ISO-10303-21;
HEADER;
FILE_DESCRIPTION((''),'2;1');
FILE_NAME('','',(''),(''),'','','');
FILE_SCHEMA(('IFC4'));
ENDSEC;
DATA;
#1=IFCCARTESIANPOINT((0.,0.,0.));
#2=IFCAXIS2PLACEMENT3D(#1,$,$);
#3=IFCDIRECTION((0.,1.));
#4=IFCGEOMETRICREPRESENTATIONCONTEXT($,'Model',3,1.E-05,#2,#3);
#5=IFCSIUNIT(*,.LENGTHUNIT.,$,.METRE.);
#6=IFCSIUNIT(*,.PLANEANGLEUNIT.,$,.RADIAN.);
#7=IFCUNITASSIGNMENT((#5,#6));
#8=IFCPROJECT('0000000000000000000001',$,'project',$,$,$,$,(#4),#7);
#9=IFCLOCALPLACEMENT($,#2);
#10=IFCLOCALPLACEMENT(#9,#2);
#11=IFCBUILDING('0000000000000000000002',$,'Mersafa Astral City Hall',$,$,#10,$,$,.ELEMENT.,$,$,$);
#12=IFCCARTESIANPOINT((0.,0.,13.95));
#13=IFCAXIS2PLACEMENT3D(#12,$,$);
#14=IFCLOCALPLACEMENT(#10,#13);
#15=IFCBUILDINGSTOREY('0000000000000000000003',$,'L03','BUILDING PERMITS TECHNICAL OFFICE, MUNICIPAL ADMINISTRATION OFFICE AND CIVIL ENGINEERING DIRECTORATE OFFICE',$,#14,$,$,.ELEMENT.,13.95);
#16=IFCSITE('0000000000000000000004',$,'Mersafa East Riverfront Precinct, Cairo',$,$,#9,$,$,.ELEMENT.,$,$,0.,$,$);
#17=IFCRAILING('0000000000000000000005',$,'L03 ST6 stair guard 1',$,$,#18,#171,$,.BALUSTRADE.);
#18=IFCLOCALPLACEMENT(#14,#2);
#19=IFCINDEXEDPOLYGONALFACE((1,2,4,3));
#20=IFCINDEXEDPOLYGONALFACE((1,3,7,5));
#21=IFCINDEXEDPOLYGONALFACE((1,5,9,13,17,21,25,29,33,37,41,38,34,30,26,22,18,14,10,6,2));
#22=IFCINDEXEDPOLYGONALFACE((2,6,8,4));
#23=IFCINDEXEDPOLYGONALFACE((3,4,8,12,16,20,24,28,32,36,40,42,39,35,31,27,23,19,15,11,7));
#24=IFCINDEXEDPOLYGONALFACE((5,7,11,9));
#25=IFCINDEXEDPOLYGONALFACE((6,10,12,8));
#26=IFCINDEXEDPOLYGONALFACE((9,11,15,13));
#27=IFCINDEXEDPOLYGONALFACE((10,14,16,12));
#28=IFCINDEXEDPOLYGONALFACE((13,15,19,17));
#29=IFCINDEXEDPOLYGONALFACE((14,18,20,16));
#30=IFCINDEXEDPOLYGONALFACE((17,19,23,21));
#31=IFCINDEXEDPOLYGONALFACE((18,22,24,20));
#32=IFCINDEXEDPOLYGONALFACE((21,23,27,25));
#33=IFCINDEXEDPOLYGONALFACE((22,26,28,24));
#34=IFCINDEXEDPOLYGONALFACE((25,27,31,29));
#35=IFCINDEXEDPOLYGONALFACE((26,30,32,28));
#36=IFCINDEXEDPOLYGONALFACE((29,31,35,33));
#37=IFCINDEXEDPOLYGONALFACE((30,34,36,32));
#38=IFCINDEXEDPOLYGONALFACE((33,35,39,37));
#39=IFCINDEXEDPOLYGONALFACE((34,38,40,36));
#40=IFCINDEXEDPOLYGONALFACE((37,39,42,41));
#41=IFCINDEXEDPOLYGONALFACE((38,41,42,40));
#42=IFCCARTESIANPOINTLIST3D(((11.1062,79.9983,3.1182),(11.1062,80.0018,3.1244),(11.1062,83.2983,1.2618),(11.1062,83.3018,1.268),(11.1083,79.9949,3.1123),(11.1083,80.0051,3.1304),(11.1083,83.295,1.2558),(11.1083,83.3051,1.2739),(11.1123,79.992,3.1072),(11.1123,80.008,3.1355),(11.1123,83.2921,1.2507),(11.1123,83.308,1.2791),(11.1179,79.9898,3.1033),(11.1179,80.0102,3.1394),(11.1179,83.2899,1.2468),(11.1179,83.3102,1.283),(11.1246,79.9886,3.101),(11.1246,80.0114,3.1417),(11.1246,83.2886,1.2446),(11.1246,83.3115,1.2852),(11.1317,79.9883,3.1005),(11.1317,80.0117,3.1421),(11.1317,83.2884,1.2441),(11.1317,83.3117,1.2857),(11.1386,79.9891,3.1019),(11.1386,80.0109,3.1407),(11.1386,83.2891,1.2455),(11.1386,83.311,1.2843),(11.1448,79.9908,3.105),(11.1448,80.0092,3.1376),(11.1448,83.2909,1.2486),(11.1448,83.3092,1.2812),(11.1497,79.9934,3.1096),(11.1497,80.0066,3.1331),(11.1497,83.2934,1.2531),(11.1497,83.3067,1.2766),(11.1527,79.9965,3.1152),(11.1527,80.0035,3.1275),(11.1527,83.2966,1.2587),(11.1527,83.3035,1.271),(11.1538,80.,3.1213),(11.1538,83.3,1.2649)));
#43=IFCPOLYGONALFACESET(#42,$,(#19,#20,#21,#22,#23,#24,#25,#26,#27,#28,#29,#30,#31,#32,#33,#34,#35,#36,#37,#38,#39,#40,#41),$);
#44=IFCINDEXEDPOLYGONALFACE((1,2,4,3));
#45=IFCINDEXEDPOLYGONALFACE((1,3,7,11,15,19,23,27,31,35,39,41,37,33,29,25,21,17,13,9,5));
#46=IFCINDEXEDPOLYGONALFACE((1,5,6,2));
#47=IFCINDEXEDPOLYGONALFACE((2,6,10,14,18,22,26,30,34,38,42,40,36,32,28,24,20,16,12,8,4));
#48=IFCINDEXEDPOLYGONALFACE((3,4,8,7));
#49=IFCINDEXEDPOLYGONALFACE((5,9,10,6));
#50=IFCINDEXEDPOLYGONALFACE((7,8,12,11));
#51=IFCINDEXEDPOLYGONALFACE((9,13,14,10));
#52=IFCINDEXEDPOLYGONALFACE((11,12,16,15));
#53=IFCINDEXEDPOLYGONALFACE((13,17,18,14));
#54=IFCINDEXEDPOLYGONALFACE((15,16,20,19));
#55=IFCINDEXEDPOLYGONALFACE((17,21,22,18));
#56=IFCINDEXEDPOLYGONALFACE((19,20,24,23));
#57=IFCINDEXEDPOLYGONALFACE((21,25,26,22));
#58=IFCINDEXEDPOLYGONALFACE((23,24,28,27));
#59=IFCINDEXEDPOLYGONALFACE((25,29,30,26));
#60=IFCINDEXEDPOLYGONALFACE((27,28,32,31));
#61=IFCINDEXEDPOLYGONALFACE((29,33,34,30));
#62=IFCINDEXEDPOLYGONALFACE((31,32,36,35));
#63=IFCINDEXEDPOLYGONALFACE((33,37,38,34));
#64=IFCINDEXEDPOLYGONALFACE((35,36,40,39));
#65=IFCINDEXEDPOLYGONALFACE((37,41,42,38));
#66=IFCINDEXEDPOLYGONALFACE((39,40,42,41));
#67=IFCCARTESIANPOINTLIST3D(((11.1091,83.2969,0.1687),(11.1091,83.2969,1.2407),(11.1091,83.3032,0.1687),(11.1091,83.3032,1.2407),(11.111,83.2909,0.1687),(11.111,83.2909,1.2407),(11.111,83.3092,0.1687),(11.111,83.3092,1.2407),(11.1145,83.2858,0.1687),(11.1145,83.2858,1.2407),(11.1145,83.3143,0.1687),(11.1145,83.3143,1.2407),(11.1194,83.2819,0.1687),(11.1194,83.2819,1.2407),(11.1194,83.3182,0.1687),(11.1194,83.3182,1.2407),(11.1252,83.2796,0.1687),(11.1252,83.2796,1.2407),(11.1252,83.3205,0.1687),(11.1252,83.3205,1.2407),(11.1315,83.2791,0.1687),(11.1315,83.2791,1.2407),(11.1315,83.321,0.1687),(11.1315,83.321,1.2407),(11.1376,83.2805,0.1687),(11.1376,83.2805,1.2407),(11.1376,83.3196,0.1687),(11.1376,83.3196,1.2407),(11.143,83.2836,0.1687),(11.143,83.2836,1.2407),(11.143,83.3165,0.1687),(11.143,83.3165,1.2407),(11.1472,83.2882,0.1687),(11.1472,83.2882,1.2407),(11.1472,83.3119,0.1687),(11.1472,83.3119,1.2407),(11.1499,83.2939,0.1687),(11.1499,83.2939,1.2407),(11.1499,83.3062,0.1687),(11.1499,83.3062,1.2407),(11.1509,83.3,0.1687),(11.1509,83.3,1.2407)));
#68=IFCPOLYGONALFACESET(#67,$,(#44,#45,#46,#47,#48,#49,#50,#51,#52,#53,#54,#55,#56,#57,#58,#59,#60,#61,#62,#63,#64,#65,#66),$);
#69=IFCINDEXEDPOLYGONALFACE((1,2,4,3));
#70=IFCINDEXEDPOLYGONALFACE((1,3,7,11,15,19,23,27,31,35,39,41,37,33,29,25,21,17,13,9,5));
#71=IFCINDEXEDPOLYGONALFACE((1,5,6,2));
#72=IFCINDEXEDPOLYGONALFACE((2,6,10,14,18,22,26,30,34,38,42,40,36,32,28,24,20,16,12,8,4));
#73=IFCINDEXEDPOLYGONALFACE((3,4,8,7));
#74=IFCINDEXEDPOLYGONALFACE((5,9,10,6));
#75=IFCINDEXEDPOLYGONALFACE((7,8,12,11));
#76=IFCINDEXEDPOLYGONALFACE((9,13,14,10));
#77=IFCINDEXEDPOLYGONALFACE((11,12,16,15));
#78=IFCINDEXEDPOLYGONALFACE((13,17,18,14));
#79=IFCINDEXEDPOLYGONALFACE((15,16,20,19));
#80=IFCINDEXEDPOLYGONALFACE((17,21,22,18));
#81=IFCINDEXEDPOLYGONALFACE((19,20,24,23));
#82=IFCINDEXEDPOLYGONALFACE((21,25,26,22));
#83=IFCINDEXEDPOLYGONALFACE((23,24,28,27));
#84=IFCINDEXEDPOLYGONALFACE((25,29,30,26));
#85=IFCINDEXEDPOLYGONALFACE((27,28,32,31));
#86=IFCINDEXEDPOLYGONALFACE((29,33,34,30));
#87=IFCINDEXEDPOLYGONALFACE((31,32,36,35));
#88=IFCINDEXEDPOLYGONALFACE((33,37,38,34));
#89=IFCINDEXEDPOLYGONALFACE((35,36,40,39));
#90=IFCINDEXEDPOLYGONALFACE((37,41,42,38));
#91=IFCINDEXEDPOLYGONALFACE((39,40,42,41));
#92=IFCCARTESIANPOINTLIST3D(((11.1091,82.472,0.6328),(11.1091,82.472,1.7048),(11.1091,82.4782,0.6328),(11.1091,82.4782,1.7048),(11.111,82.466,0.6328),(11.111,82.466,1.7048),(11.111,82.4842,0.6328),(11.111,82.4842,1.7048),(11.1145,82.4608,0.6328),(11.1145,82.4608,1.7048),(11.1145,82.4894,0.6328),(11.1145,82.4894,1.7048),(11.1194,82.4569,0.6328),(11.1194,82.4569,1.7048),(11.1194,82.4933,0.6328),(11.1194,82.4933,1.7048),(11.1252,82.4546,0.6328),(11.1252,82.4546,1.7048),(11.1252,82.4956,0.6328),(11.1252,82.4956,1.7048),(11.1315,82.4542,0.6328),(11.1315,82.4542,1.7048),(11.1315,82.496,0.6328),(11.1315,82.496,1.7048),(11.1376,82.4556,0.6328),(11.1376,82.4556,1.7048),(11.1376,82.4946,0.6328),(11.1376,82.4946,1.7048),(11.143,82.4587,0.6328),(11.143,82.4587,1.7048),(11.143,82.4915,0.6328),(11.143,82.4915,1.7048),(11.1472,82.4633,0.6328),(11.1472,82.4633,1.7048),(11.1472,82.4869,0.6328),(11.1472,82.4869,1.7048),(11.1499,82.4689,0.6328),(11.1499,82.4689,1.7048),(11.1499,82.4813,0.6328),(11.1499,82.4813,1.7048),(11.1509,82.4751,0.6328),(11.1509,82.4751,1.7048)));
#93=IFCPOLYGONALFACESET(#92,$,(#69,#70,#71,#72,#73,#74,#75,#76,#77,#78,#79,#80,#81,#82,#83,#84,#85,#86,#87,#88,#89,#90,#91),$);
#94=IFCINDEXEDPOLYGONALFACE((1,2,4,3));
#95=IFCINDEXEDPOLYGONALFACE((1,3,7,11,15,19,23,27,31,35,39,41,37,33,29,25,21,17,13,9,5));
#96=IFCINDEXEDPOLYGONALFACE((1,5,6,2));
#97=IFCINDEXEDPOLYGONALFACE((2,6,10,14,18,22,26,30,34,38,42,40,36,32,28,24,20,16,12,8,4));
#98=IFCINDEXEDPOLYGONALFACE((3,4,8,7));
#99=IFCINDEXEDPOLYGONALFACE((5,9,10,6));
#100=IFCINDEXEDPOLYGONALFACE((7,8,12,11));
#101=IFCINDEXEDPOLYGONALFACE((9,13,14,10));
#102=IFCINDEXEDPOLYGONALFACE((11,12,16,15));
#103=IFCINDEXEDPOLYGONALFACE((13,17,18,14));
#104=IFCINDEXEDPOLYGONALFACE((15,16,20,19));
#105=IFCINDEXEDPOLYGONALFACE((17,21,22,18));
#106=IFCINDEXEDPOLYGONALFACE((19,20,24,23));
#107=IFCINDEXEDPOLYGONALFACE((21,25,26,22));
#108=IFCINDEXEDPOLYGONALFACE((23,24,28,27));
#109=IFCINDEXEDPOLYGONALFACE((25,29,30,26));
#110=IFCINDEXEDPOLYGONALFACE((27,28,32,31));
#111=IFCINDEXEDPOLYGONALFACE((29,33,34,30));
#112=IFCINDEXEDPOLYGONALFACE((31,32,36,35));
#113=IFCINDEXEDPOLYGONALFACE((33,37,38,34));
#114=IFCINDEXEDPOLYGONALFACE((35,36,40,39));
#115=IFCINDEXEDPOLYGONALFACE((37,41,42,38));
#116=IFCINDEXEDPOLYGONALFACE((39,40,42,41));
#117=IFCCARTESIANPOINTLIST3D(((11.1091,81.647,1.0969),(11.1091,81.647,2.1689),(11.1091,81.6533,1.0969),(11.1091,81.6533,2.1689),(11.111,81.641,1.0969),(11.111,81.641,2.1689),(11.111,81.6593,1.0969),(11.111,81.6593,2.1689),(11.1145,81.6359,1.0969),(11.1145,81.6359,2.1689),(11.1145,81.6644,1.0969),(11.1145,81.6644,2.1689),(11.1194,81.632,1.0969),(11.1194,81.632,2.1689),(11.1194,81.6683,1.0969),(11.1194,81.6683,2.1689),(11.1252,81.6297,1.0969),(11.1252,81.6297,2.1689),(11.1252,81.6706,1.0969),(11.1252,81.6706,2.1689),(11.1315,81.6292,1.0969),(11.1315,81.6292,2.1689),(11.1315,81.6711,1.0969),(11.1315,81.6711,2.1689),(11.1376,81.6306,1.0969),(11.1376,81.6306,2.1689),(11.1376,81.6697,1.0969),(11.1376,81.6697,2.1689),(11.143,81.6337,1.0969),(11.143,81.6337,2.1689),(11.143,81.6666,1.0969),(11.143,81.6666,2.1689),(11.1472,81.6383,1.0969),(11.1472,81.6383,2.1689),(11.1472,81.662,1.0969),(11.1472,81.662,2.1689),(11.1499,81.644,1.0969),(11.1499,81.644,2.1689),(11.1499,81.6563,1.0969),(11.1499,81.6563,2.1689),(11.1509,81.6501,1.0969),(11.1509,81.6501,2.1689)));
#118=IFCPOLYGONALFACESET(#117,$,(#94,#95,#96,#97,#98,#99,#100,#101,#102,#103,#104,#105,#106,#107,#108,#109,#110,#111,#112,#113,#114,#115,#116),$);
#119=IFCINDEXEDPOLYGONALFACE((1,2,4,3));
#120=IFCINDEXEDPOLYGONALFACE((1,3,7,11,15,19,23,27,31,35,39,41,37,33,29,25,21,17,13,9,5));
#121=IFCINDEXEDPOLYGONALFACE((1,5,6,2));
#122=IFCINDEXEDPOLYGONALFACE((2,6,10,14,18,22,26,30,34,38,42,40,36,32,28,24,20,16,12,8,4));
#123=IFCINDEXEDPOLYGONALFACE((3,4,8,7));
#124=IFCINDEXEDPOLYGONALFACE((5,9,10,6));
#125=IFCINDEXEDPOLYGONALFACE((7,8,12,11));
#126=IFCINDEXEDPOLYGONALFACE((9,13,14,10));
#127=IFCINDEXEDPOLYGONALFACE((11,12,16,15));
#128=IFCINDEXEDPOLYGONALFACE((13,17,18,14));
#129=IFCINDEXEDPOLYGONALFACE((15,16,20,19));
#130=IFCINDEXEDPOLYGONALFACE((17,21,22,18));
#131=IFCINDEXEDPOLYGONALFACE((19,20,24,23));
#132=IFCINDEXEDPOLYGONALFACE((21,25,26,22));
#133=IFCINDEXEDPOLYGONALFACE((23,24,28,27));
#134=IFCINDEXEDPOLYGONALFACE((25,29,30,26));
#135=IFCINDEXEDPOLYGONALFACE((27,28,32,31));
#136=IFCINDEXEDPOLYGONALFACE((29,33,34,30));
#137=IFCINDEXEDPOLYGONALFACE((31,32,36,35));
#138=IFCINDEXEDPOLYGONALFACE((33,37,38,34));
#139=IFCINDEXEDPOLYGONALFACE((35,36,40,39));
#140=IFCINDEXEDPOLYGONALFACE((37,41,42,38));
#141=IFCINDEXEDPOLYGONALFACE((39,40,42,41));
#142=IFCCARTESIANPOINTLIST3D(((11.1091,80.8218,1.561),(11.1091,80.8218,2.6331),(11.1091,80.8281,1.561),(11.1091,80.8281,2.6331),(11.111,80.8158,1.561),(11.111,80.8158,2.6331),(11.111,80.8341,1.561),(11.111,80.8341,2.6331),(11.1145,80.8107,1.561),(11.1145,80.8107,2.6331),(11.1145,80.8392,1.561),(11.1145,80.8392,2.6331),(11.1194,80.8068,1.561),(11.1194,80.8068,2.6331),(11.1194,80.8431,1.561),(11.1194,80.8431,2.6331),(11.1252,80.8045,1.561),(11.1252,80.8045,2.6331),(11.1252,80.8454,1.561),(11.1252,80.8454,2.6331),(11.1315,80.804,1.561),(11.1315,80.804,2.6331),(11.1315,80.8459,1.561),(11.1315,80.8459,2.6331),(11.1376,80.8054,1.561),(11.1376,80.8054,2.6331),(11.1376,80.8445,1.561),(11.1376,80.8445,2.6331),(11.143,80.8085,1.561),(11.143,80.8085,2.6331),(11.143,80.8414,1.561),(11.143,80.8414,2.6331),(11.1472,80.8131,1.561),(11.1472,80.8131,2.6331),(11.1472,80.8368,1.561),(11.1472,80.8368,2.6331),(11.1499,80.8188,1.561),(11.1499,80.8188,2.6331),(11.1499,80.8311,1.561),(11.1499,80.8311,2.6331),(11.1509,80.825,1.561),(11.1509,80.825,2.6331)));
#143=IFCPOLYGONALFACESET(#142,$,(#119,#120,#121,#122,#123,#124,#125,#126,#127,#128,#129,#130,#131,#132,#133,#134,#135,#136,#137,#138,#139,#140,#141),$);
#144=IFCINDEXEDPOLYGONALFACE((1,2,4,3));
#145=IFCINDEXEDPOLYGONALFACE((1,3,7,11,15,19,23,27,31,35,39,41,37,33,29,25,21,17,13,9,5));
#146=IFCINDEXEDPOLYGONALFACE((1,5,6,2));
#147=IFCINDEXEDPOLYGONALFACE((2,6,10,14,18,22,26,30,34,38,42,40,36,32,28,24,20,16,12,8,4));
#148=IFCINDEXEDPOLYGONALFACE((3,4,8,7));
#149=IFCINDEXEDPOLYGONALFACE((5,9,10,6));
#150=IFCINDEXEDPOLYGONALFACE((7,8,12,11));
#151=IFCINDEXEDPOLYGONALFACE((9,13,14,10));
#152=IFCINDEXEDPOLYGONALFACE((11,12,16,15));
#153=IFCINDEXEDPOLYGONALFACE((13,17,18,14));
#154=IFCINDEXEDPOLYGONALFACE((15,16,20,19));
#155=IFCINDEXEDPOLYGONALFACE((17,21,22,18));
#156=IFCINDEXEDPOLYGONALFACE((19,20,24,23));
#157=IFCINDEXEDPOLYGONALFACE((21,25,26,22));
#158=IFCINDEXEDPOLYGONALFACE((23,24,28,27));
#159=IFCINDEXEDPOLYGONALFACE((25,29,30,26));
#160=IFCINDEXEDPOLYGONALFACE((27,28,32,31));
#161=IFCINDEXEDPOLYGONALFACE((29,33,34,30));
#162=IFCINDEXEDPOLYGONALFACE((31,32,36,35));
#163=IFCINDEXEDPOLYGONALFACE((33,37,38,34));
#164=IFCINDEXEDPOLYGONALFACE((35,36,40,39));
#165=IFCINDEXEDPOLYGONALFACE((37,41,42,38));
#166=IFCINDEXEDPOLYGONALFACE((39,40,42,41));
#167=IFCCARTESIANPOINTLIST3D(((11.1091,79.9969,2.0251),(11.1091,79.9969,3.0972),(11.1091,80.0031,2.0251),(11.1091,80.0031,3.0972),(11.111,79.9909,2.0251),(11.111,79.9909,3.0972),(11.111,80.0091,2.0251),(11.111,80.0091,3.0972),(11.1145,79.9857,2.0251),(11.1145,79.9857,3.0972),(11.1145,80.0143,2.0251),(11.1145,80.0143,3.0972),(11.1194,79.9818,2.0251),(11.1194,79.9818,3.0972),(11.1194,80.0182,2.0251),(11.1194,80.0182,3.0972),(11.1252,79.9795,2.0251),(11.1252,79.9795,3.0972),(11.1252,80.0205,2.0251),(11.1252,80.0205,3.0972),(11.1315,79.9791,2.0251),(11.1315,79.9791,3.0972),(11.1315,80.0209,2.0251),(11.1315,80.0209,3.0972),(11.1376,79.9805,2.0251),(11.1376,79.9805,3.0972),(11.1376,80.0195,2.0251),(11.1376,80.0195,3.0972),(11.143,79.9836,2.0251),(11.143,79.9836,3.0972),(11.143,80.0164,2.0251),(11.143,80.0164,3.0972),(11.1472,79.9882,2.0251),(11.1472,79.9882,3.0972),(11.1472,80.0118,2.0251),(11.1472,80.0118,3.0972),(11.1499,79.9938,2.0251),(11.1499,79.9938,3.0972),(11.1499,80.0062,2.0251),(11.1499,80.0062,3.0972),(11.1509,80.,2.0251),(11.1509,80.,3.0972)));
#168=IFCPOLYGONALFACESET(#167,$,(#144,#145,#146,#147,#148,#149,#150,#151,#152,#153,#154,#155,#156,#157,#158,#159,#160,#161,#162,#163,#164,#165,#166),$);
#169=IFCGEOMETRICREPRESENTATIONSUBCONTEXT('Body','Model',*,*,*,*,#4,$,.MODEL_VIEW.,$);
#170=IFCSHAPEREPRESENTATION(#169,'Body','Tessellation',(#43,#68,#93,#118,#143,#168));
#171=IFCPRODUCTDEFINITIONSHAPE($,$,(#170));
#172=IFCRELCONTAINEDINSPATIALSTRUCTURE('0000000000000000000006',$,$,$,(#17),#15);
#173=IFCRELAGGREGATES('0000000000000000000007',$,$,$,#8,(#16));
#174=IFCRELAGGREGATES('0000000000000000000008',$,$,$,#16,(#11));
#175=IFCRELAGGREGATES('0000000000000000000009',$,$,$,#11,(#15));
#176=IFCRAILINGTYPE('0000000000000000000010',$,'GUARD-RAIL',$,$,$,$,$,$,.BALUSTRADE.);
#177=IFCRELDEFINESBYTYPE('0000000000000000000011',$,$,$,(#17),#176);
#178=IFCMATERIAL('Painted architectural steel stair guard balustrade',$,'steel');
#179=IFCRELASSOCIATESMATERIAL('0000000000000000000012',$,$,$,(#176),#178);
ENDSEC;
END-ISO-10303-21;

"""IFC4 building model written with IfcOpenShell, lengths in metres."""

from ifc_helpers import new_model, si_unit, direction, frame, origin, origin_2d, place, context, subcontext, project, spatial, circle, extrude, material, type_object, element, save


model = new_model("IFC4")

# Units and contexts
model_context = context("Model", 3, precision=1e-05, world=origin(), true_north=direction((0.0, 1.0)))
body_context = subcontext(model_context, "Body", "Model", "MODEL_VIEW")
ifc_project = project(units=[si_unit("LENGTHUNIT", "METRE"), si_unit("PLANEANGLEUNIT", "RADIAN")], contexts=[model_context])

# Site, building, storey
site_placement = place(None, origin())
site = spatial("IfcSite", under=ifc_project, at=site_placement, Name="Mersafa East Riverfront Precinct, Cairo", CompositionType="ELEMENT", RefElevation=0.0)
building_placement = place(site_placement, origin())
building = spatial("IfcBuilding", under=site, at=building_placement, Name="Mersafa Astral City Hall", CompositionType="ELEMENT")
storey_placement = place(building_placement, frame((0.0, 0.0, 13.95)))
storey = spatial("IfcBuildingStorey", under=building, at=storey_placement, Name="L03", Description="BUILDING PERMITS TECHNICAL OFFICE, MUNICIPAL ADMINISTRATION OFFICE AND CIVIL ENGINEERING DIRECTORATE OFFICE", CompositionType="ELEMENT", Elevation=13.95)

# Railing
ifc_material_1 = material(Name="Painted architectural steel stair guard balustrade", Category="steel")
railing_type_1 = type_object("IfcRailingType", Name="GUARD-RAIL", PredefinedType="BALUSTRADE", material=ifc_material_1)
railing_1_placement = place(storey_placement, frame((11.1299, 83.3, 0.1687)))
element("IfcRailing", 1, at=railing_1_placement, inside=storey, type_object=railing_type_1, Name="L03 ST6 stair guard 1", PredefinedType="BALUSTRADE", context=body_context, shape_type="SweptSolid", body=[
    extrude(circle(Radius=0.0239, at=origin_2d()), frame((0.0, 0.0, 1.0962), z_axis=(0.0, -0.871557, 0.490295), x_axis=(1.0, 0.0, 0.0)), (0.0, 0.0, 1.0), 3.7864),
    extrude(circle(Radius=0.021, at=origin_2d()), origin(), (0.0, 0.0, 1.0), 1.072),
    extrude(circle(Radius=0.021, at=origin_2d()), frame((0.0, -0.825, 0.4641)), (0.0, 0.0, 1.0), 1.072),
    extrude(circle(Radius=0.021, at=origin_2d()), frame((0.0, -1.6499, 0.9282)), (0.0, 0.0, 1.0), 1.072),
    extrude(circle(Radius=0.021, at=origin_2d()), frame((0.0, -2.4751, 1.3923)), (0.0, 0.0, 1.0), 1.072),
    extrude(circle(Radius=0.021, at=origin_2d()), frame((0.0, -3.3, 1.8564)), (0.0, 0.0, 1.0), 1.072),
])

save(model, "model.ifc")
